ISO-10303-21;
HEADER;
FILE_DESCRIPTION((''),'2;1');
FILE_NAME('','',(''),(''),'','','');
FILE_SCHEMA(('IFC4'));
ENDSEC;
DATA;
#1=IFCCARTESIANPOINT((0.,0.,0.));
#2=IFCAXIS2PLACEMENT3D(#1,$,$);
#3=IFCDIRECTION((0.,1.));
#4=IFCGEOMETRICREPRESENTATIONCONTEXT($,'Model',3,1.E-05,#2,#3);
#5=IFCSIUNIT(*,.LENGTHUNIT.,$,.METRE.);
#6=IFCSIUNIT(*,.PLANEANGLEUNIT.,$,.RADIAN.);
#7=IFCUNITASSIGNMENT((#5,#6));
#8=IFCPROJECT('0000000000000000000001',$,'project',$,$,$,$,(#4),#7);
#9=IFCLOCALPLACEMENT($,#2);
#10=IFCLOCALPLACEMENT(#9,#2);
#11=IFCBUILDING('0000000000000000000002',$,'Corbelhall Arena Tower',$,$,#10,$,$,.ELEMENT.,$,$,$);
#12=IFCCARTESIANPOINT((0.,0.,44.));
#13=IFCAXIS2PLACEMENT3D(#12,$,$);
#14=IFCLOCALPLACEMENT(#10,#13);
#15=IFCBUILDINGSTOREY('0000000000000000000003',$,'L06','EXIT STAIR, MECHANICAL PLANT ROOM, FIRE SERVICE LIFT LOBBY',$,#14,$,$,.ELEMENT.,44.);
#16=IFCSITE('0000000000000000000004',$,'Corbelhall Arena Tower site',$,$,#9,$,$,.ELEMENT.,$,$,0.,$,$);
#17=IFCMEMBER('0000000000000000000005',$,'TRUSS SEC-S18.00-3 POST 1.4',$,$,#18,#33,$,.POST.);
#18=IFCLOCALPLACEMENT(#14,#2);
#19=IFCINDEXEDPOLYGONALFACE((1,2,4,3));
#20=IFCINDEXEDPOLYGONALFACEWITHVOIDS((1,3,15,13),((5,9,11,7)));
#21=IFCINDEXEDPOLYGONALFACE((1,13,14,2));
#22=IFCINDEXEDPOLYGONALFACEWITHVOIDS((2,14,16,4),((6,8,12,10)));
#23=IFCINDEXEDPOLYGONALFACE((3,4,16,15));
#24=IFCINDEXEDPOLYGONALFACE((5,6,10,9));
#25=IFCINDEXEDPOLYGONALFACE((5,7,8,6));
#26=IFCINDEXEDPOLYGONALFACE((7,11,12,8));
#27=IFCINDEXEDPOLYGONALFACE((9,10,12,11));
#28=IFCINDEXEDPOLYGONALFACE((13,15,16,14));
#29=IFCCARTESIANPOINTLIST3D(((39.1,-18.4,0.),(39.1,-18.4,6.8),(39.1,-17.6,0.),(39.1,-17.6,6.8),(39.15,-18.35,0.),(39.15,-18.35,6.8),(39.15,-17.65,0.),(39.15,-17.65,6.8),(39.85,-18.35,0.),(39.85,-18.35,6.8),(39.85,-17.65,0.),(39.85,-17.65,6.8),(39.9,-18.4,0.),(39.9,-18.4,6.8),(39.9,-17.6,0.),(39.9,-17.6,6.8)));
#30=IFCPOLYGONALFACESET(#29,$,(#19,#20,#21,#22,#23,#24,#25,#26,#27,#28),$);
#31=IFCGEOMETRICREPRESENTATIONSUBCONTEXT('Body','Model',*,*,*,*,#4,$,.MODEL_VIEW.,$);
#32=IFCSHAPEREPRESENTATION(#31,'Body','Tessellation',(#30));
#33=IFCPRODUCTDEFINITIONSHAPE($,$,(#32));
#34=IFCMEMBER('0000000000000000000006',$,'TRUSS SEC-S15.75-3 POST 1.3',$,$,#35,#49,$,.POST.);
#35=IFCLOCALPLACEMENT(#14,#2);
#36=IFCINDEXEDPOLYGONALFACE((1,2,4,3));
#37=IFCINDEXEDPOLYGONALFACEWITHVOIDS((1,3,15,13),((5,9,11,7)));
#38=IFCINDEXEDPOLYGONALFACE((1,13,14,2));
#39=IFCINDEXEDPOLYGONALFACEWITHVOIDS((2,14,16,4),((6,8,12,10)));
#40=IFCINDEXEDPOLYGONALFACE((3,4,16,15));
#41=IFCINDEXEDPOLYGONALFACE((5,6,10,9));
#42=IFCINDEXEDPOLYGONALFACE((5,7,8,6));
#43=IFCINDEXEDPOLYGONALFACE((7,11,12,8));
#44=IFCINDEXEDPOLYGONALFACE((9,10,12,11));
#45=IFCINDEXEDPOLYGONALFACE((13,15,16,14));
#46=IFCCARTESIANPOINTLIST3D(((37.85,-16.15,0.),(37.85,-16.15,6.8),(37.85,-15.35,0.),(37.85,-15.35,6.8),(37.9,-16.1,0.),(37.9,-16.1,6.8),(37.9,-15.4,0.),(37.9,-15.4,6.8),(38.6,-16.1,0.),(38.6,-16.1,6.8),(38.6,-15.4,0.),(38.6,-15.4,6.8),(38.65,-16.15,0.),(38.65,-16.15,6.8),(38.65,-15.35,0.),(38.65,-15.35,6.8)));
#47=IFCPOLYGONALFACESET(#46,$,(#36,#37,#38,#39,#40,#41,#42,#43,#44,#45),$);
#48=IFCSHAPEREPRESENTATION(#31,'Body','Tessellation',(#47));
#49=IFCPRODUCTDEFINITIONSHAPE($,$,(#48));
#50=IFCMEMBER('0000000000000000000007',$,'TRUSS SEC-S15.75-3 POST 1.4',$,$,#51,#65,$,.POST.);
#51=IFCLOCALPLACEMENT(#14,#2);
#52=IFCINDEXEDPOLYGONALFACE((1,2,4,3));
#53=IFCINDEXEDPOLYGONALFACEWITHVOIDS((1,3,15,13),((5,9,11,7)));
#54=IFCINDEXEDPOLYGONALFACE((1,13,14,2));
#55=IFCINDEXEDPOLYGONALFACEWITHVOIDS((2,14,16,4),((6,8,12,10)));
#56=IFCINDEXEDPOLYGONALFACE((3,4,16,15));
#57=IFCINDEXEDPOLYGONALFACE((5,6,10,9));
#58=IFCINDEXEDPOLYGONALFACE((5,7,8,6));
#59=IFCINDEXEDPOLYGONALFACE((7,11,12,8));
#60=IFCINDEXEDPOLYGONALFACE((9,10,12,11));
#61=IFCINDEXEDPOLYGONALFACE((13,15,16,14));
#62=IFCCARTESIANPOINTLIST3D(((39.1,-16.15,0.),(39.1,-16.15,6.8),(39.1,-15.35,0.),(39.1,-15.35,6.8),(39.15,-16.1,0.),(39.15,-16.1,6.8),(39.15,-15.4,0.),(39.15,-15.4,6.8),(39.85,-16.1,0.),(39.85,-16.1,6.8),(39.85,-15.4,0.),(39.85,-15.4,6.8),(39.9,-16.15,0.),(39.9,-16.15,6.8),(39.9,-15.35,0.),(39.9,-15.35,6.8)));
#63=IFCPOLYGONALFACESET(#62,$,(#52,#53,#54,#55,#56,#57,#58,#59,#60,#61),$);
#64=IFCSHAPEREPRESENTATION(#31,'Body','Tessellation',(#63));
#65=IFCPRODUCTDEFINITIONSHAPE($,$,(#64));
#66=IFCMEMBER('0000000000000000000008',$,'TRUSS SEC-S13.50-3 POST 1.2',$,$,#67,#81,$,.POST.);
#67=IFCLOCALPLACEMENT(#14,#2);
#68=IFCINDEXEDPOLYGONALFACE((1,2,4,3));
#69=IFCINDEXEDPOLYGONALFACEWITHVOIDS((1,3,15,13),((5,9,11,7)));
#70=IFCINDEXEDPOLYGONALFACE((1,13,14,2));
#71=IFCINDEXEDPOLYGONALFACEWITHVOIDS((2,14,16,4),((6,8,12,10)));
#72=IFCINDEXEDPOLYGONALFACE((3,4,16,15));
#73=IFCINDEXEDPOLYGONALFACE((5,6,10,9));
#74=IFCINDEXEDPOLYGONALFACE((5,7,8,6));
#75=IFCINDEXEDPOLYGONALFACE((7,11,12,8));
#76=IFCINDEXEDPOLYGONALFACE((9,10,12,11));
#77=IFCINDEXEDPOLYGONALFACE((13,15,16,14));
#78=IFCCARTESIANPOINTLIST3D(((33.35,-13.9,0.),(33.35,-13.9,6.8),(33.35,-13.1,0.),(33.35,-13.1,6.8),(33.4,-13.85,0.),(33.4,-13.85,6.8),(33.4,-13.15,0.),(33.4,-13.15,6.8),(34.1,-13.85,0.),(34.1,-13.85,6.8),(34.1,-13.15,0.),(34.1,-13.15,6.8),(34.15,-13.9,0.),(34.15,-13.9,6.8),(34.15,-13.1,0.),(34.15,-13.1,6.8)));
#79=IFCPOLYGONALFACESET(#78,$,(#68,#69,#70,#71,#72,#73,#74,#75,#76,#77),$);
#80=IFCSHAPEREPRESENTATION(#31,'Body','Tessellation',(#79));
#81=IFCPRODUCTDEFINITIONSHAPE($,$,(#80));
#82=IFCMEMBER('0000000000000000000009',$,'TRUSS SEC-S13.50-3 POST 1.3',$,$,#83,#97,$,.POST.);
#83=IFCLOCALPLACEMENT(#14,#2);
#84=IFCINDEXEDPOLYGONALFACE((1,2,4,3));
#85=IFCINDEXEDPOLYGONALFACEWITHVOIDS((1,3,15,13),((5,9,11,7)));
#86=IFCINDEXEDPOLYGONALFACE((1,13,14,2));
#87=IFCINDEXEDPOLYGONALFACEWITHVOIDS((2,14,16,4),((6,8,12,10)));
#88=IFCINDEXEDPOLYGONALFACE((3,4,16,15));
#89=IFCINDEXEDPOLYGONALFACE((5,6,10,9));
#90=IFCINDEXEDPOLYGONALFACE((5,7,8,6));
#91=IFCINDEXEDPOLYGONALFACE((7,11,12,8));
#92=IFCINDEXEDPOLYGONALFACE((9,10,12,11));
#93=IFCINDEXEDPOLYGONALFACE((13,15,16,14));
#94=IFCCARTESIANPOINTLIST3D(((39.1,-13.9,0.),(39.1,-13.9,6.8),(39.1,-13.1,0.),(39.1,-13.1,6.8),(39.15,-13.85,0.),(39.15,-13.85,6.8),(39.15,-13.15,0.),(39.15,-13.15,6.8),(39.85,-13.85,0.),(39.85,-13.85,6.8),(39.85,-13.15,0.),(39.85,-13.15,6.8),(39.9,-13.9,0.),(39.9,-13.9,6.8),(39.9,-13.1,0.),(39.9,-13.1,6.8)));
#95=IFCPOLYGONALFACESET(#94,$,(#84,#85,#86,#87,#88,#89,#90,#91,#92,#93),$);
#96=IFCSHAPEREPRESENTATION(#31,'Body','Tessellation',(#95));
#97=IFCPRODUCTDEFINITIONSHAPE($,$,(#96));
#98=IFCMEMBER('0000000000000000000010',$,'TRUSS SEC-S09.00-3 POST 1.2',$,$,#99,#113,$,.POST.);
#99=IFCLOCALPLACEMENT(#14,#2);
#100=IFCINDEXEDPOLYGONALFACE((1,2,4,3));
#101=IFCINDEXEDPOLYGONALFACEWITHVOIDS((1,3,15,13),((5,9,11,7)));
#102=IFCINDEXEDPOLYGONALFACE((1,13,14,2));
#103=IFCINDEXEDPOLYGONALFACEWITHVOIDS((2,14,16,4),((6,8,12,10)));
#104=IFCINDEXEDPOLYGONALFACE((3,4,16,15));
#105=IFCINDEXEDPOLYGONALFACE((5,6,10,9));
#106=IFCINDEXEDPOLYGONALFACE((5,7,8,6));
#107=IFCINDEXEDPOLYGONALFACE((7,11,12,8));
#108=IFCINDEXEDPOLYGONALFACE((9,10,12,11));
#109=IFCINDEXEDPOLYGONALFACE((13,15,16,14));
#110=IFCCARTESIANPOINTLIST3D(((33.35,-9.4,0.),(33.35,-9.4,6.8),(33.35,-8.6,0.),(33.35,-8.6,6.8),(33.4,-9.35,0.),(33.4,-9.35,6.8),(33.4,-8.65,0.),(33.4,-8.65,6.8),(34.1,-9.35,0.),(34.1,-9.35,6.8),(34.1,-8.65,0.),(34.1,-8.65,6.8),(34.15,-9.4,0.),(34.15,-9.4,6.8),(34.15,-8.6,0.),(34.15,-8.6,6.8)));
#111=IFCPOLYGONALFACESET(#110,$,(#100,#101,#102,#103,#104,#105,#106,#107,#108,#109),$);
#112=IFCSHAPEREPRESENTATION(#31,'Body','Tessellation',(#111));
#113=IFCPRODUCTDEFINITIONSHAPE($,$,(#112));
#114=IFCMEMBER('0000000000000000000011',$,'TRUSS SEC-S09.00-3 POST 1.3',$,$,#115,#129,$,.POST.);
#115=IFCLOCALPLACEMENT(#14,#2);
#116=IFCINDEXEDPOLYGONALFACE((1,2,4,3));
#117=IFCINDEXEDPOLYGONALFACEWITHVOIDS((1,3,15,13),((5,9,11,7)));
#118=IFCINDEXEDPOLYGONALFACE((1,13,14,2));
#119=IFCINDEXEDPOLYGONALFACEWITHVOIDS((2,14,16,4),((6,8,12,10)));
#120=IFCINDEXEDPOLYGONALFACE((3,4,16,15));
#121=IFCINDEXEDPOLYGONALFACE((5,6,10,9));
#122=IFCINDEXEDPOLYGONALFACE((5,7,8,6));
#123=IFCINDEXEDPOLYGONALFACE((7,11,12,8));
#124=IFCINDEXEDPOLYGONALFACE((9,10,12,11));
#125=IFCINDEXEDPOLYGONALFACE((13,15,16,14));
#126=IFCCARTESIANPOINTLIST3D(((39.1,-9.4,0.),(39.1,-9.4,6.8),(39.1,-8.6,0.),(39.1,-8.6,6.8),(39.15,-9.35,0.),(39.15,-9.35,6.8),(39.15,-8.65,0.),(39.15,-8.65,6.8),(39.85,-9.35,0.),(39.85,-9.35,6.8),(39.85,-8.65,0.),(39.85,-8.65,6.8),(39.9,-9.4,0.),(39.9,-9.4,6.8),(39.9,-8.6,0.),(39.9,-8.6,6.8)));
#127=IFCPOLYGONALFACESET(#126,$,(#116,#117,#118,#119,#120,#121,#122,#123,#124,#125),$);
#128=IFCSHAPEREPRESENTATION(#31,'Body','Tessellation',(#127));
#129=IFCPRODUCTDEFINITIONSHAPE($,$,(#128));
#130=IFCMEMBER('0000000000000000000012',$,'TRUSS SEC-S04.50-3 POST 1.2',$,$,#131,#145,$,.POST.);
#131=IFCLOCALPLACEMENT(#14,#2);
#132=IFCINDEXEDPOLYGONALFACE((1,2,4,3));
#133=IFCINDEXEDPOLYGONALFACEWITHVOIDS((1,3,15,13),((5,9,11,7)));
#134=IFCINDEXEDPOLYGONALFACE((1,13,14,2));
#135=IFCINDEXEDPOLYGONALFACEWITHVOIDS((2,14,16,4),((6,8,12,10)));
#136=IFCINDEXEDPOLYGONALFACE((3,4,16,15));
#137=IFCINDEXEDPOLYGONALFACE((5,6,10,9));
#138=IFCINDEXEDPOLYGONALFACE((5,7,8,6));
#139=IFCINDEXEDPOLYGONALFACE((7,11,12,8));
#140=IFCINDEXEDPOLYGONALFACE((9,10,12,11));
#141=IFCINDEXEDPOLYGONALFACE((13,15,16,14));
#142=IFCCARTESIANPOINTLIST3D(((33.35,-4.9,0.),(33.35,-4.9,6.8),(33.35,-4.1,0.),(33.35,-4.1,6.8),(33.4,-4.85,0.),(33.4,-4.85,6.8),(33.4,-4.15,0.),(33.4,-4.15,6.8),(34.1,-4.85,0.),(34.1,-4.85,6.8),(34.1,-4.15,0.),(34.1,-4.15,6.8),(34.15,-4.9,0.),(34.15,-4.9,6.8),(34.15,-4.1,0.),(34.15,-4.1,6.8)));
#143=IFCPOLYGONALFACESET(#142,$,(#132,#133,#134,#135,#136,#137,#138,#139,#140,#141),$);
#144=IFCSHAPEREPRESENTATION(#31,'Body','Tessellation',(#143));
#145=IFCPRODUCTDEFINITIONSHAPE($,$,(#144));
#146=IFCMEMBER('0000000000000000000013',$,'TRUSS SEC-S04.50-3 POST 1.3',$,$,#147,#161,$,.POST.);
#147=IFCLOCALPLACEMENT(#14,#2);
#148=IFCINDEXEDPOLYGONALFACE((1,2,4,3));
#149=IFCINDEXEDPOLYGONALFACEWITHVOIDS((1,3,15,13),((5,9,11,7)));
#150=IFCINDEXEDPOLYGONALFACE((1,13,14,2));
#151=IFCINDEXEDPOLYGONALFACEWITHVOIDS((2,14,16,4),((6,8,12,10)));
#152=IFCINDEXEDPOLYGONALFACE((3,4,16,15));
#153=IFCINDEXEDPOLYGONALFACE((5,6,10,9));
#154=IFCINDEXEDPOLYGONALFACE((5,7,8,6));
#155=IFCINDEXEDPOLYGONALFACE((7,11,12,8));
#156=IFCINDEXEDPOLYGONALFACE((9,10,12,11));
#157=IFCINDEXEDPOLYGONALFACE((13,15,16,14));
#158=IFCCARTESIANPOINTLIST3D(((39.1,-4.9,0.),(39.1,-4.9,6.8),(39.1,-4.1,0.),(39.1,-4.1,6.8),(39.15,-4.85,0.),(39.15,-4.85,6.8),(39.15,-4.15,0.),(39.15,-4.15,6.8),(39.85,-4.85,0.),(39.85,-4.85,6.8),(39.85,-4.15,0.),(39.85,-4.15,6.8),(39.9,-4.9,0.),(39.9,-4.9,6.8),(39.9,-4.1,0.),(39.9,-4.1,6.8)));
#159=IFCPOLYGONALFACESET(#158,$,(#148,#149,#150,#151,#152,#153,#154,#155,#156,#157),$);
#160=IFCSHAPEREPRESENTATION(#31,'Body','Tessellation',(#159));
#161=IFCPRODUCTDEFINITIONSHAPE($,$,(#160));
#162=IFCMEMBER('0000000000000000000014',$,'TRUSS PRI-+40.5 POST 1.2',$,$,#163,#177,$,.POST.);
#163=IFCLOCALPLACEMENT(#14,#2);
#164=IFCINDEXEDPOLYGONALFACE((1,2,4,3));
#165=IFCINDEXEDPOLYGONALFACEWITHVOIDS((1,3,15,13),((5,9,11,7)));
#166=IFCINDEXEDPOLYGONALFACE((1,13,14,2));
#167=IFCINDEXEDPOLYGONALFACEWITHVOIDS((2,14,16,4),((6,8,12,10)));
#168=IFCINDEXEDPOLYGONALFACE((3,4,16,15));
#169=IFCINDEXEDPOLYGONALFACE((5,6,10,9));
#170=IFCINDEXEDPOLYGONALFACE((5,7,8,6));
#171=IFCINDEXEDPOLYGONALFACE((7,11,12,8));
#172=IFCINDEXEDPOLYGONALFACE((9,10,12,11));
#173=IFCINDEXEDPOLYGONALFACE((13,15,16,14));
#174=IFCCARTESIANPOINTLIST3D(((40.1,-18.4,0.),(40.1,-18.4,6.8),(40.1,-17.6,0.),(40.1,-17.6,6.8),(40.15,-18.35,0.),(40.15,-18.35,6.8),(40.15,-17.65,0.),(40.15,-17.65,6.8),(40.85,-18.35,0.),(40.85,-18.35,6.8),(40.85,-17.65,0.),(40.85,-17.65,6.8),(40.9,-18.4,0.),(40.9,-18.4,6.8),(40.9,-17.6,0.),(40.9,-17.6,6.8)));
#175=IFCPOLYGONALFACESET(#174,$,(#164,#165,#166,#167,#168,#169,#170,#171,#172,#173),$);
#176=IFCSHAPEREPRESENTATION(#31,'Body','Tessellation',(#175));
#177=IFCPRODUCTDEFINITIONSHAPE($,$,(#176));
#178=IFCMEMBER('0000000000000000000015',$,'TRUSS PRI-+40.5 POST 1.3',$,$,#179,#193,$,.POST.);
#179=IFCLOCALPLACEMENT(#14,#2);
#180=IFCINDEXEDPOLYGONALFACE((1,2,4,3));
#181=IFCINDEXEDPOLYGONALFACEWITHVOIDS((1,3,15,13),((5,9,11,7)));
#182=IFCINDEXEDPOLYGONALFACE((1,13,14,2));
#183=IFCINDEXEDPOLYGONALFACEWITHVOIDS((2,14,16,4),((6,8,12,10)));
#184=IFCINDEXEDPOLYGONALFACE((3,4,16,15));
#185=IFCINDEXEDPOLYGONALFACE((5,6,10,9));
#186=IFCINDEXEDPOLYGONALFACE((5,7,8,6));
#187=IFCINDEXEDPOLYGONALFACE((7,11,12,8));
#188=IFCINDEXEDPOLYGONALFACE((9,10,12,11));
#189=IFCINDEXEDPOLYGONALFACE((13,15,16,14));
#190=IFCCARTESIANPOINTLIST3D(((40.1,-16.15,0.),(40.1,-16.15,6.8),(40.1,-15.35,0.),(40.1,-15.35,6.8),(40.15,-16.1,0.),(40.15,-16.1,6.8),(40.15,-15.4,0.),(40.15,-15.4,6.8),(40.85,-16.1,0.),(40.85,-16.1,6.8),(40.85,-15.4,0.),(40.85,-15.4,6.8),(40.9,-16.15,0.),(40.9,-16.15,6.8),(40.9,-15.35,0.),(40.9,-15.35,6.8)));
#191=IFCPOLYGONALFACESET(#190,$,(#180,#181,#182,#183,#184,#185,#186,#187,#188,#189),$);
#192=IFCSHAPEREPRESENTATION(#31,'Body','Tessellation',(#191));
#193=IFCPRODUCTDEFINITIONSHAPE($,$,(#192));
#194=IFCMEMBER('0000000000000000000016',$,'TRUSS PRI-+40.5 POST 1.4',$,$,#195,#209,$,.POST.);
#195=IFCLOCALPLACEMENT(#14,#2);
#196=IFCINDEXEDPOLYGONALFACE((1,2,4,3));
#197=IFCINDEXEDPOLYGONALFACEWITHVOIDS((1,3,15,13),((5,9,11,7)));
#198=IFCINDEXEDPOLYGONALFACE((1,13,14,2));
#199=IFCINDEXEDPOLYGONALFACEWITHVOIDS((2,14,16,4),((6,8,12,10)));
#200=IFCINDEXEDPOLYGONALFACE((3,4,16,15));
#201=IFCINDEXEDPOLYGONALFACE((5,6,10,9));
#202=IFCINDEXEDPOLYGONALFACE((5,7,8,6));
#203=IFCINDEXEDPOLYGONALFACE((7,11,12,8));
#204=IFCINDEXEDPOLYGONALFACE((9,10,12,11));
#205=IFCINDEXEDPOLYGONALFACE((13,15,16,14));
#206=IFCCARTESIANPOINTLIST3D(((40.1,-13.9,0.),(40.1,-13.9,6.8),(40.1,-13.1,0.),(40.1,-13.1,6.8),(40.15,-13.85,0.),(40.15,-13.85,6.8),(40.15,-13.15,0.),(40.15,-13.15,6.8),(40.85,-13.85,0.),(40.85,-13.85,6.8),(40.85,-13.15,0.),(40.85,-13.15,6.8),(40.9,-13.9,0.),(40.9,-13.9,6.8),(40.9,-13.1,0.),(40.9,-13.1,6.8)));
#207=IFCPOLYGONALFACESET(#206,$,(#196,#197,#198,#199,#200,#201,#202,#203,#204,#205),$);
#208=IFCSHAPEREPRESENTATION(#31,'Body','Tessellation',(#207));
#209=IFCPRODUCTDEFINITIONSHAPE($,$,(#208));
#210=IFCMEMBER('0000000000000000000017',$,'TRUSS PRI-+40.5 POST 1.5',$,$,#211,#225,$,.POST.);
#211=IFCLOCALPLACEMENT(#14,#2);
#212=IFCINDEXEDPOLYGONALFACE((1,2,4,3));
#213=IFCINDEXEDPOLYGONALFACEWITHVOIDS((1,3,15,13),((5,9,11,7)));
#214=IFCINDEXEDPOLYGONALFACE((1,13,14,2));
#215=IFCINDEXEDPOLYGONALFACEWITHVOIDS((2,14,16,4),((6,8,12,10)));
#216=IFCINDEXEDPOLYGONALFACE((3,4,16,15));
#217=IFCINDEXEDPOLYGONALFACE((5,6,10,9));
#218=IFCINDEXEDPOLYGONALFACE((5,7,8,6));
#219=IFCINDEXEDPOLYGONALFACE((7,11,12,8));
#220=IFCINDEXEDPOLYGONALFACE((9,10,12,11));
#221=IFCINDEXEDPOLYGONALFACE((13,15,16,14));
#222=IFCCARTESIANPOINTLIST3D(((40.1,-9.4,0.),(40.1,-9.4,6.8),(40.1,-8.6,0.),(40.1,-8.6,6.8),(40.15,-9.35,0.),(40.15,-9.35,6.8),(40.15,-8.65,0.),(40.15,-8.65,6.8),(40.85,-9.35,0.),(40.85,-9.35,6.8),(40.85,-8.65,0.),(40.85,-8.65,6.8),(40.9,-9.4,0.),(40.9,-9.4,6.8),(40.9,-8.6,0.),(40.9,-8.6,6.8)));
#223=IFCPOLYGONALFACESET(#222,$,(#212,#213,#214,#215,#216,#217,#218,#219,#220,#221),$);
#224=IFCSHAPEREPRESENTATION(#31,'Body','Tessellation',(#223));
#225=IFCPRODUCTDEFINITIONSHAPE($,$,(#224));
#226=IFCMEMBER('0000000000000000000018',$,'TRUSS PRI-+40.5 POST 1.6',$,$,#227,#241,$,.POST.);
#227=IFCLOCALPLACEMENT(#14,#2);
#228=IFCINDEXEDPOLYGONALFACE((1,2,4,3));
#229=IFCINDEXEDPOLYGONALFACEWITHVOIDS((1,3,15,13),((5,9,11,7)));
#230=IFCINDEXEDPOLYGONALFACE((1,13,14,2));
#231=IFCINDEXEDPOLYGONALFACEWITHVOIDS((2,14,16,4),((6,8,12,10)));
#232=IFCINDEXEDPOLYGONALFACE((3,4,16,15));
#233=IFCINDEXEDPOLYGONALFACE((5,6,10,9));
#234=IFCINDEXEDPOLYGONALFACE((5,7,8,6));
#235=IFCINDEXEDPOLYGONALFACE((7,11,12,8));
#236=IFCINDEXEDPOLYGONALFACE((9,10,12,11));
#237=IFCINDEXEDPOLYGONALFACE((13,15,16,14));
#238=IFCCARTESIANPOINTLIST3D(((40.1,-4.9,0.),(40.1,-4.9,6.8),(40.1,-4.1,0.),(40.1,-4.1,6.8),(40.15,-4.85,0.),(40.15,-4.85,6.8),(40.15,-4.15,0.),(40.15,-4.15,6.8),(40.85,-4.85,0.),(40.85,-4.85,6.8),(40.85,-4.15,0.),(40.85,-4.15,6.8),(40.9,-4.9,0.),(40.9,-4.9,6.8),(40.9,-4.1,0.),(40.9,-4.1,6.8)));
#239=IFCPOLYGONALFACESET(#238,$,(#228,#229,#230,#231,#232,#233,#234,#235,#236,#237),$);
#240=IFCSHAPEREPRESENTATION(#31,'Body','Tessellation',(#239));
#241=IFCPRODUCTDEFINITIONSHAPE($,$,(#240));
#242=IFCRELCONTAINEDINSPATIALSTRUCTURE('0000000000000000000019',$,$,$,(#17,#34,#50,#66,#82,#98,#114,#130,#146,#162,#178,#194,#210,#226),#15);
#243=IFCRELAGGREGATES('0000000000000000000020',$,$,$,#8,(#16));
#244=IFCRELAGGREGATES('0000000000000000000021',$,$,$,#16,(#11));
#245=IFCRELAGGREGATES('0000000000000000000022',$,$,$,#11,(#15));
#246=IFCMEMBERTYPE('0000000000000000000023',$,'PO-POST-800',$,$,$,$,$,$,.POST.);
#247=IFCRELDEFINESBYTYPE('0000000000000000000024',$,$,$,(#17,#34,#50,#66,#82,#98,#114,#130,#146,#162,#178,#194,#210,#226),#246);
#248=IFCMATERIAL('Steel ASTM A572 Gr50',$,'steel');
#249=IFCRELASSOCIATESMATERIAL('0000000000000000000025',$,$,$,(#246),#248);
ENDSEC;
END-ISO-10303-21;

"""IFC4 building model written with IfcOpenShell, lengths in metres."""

from ifc_helpers import new_model, si_unit, direction, frame, origin, origin_2d, place, context, subcontext, project, spatial, hollow_rectangle, extrude, material, material_profile, profile_set, type_object, element, save


model = new_model("IFC4")

# Units and contexts
model_context = context("Model", 3, precision=1e-05, world=origin(), true_north=direction((0.0, 1.0)))
body_context = subcontext(model_context, "Body", "Model", "MODEL_VIEW")
ifc_project = project(units=[si_unit("LENGTHUNIT", "METRE"), si_unit("PLANEANGLEUNIT", "RADIAN")], contexts=[model_context])

# Site, building, storey
site_placement = place(None, origin())
site = spatial("IfcSite", under=ifc_project, at=site_placement, Name="Corbelhall Arena Tower site", CompositionType="ELEMENT", RefElevation=0.0)
building_placement = place(site_placement, origin())
building = spatial("IfcBuilding", under=site, at=building_placement, Name="Corbelhall Arena Tower", CompositionType="ELEMENT")
storey_placement = place(building_placement, frame((0.0, 0.0, 44.0)))
storey = spatial("IfcBuildingStorey", under=building, at=storey_placement, Name="L06", Description="EXIT STAIR, MECHANICAL PLANT ROOM, FIRE SERVICE LIFT LOBBY", CompositionType="ELEMENT", Elevation=44.0)

# Members
ifc_material_1 = material(Name="Steel ASTM A572 Gr50", Category="steel")
ifc_material_profile_1 = material_profile(ifc_material_1, hollow_rectangle(XDim=0.8, YDim=0.8, WallThickness=0.05, at=origin_2d()))
ifc_profile_set_1 = profile_set([ifc_material_profile_1], Name="Steel ASTM A572 Gr50")
member_type_1 = type_object("IfcMemberType", Name="PO-POST-800", PredefinedType="POST", material=ifc_profile_set_1)
for number, where, z_axis, x_axis, name in (
    (1, (39.5, -18.0, 0.0), (0.0, 0.0, 1.0), (1.0, 0.0, 0.0), "TRUSS SEC-S18.00-3 POST 1.4"),
    (2, (38.25, -15.75, 0.0), (0.0, 0.0, 1.0), (1.0, 0.0, 0.0), "TRUSS SEC-S15.75-3 POST 1.3"),
    (3, (39.5, -15.75, 0.0), (0.0, 0.0, 1.0), (1.0, 0.0, 0.0), "TRUSS SEC-S15.75-3 POST 1.4"),
    (4, (33.75, -13.5, 0.0), (0.0, 0.0, 1.0), (1.0, 0.0, 0.0), "TRUSS SEC-S13.50-3 POST 1.2"),
    (5, (39.5, -13.5, 0.0), (0.0, 0.0, 1.0), (1.0, 0.0, 0.0), "TRUSS SEC-S13.50-3 POST 1.3"),
    (6, (33.75, -9.0, 0.0), (0.0, 0.0, 1.0), (1.0, 0.0, 0.0), "TRUSS SEC-S09.00-3 POST 1.2"),
    (7, (39.5, -9.0, 0.0), (0.0, 0.0, 1.0), (1.0, 0.0, 0.0), "TRUSS SEC-S09.00-3 POST 1.3"),
    (8, (33.75, -4.5, 0.0), (0.0, 0.0, 1.0), (1.0, 0.0, 0.0), "TRUSS SEC-S04.50-3 POST 1.2"),
    (9, (39.5, -4.5, 0.0), (0.0, 0.0, 1.0), (1.0, 0.0, 0.0), "TRUSS SEC-S04.50-3 POST 1.3"),
    (10, (40.5, -18.0, 0.0), (0.0, 0.0, 1.0), (1.0, 0.0, 0.0), "TRUSS PRI-+40.5 POST 1.2"),
    (11, (40.5, -15.75, 0.0), (0.0, 0.0, 1.0), (1.0, 0.0, 0.0), "TRUSS PRI-+40.5 POST 1.3"),
    (12, (40.5, -13.5, 0.0), (0.0, 0.0, 1.0), (1.0, 0.0, 0.0), "TRUSS PRI-+40.5 POST 1.4"),
    (13, (40.5, -9.0, 0.0), (0.0, 0.0, 1.0), (1.0, 0.0, 0.0), "TRUSS PRI-+40.5 POST 1.5"),
    (14, (40.5, -4.5, 0.0), (0.0, 0.0, 1.0), (1.0, 0.0, 0.0), "TRUSS PRI-+40.5 POST 1.6"),
):
    element("IfcMember", number, at=place(storey_placement, frame(where, z_axis=z_axis, x_axis=x_axis)), inside=storey, type_object=member_type_1, Name=name, PredefinedType="POST", context=body_context, shape_type="SweptSolid", body=[
        extrude(hollow_rectangle(XDim=0.8, YDim=0.8, WallThickness=0.05, at=origin_2d()), origin(), (0.0, 0.0, 1.0), 6.8),
    ])

save(model, "model.ifc")
